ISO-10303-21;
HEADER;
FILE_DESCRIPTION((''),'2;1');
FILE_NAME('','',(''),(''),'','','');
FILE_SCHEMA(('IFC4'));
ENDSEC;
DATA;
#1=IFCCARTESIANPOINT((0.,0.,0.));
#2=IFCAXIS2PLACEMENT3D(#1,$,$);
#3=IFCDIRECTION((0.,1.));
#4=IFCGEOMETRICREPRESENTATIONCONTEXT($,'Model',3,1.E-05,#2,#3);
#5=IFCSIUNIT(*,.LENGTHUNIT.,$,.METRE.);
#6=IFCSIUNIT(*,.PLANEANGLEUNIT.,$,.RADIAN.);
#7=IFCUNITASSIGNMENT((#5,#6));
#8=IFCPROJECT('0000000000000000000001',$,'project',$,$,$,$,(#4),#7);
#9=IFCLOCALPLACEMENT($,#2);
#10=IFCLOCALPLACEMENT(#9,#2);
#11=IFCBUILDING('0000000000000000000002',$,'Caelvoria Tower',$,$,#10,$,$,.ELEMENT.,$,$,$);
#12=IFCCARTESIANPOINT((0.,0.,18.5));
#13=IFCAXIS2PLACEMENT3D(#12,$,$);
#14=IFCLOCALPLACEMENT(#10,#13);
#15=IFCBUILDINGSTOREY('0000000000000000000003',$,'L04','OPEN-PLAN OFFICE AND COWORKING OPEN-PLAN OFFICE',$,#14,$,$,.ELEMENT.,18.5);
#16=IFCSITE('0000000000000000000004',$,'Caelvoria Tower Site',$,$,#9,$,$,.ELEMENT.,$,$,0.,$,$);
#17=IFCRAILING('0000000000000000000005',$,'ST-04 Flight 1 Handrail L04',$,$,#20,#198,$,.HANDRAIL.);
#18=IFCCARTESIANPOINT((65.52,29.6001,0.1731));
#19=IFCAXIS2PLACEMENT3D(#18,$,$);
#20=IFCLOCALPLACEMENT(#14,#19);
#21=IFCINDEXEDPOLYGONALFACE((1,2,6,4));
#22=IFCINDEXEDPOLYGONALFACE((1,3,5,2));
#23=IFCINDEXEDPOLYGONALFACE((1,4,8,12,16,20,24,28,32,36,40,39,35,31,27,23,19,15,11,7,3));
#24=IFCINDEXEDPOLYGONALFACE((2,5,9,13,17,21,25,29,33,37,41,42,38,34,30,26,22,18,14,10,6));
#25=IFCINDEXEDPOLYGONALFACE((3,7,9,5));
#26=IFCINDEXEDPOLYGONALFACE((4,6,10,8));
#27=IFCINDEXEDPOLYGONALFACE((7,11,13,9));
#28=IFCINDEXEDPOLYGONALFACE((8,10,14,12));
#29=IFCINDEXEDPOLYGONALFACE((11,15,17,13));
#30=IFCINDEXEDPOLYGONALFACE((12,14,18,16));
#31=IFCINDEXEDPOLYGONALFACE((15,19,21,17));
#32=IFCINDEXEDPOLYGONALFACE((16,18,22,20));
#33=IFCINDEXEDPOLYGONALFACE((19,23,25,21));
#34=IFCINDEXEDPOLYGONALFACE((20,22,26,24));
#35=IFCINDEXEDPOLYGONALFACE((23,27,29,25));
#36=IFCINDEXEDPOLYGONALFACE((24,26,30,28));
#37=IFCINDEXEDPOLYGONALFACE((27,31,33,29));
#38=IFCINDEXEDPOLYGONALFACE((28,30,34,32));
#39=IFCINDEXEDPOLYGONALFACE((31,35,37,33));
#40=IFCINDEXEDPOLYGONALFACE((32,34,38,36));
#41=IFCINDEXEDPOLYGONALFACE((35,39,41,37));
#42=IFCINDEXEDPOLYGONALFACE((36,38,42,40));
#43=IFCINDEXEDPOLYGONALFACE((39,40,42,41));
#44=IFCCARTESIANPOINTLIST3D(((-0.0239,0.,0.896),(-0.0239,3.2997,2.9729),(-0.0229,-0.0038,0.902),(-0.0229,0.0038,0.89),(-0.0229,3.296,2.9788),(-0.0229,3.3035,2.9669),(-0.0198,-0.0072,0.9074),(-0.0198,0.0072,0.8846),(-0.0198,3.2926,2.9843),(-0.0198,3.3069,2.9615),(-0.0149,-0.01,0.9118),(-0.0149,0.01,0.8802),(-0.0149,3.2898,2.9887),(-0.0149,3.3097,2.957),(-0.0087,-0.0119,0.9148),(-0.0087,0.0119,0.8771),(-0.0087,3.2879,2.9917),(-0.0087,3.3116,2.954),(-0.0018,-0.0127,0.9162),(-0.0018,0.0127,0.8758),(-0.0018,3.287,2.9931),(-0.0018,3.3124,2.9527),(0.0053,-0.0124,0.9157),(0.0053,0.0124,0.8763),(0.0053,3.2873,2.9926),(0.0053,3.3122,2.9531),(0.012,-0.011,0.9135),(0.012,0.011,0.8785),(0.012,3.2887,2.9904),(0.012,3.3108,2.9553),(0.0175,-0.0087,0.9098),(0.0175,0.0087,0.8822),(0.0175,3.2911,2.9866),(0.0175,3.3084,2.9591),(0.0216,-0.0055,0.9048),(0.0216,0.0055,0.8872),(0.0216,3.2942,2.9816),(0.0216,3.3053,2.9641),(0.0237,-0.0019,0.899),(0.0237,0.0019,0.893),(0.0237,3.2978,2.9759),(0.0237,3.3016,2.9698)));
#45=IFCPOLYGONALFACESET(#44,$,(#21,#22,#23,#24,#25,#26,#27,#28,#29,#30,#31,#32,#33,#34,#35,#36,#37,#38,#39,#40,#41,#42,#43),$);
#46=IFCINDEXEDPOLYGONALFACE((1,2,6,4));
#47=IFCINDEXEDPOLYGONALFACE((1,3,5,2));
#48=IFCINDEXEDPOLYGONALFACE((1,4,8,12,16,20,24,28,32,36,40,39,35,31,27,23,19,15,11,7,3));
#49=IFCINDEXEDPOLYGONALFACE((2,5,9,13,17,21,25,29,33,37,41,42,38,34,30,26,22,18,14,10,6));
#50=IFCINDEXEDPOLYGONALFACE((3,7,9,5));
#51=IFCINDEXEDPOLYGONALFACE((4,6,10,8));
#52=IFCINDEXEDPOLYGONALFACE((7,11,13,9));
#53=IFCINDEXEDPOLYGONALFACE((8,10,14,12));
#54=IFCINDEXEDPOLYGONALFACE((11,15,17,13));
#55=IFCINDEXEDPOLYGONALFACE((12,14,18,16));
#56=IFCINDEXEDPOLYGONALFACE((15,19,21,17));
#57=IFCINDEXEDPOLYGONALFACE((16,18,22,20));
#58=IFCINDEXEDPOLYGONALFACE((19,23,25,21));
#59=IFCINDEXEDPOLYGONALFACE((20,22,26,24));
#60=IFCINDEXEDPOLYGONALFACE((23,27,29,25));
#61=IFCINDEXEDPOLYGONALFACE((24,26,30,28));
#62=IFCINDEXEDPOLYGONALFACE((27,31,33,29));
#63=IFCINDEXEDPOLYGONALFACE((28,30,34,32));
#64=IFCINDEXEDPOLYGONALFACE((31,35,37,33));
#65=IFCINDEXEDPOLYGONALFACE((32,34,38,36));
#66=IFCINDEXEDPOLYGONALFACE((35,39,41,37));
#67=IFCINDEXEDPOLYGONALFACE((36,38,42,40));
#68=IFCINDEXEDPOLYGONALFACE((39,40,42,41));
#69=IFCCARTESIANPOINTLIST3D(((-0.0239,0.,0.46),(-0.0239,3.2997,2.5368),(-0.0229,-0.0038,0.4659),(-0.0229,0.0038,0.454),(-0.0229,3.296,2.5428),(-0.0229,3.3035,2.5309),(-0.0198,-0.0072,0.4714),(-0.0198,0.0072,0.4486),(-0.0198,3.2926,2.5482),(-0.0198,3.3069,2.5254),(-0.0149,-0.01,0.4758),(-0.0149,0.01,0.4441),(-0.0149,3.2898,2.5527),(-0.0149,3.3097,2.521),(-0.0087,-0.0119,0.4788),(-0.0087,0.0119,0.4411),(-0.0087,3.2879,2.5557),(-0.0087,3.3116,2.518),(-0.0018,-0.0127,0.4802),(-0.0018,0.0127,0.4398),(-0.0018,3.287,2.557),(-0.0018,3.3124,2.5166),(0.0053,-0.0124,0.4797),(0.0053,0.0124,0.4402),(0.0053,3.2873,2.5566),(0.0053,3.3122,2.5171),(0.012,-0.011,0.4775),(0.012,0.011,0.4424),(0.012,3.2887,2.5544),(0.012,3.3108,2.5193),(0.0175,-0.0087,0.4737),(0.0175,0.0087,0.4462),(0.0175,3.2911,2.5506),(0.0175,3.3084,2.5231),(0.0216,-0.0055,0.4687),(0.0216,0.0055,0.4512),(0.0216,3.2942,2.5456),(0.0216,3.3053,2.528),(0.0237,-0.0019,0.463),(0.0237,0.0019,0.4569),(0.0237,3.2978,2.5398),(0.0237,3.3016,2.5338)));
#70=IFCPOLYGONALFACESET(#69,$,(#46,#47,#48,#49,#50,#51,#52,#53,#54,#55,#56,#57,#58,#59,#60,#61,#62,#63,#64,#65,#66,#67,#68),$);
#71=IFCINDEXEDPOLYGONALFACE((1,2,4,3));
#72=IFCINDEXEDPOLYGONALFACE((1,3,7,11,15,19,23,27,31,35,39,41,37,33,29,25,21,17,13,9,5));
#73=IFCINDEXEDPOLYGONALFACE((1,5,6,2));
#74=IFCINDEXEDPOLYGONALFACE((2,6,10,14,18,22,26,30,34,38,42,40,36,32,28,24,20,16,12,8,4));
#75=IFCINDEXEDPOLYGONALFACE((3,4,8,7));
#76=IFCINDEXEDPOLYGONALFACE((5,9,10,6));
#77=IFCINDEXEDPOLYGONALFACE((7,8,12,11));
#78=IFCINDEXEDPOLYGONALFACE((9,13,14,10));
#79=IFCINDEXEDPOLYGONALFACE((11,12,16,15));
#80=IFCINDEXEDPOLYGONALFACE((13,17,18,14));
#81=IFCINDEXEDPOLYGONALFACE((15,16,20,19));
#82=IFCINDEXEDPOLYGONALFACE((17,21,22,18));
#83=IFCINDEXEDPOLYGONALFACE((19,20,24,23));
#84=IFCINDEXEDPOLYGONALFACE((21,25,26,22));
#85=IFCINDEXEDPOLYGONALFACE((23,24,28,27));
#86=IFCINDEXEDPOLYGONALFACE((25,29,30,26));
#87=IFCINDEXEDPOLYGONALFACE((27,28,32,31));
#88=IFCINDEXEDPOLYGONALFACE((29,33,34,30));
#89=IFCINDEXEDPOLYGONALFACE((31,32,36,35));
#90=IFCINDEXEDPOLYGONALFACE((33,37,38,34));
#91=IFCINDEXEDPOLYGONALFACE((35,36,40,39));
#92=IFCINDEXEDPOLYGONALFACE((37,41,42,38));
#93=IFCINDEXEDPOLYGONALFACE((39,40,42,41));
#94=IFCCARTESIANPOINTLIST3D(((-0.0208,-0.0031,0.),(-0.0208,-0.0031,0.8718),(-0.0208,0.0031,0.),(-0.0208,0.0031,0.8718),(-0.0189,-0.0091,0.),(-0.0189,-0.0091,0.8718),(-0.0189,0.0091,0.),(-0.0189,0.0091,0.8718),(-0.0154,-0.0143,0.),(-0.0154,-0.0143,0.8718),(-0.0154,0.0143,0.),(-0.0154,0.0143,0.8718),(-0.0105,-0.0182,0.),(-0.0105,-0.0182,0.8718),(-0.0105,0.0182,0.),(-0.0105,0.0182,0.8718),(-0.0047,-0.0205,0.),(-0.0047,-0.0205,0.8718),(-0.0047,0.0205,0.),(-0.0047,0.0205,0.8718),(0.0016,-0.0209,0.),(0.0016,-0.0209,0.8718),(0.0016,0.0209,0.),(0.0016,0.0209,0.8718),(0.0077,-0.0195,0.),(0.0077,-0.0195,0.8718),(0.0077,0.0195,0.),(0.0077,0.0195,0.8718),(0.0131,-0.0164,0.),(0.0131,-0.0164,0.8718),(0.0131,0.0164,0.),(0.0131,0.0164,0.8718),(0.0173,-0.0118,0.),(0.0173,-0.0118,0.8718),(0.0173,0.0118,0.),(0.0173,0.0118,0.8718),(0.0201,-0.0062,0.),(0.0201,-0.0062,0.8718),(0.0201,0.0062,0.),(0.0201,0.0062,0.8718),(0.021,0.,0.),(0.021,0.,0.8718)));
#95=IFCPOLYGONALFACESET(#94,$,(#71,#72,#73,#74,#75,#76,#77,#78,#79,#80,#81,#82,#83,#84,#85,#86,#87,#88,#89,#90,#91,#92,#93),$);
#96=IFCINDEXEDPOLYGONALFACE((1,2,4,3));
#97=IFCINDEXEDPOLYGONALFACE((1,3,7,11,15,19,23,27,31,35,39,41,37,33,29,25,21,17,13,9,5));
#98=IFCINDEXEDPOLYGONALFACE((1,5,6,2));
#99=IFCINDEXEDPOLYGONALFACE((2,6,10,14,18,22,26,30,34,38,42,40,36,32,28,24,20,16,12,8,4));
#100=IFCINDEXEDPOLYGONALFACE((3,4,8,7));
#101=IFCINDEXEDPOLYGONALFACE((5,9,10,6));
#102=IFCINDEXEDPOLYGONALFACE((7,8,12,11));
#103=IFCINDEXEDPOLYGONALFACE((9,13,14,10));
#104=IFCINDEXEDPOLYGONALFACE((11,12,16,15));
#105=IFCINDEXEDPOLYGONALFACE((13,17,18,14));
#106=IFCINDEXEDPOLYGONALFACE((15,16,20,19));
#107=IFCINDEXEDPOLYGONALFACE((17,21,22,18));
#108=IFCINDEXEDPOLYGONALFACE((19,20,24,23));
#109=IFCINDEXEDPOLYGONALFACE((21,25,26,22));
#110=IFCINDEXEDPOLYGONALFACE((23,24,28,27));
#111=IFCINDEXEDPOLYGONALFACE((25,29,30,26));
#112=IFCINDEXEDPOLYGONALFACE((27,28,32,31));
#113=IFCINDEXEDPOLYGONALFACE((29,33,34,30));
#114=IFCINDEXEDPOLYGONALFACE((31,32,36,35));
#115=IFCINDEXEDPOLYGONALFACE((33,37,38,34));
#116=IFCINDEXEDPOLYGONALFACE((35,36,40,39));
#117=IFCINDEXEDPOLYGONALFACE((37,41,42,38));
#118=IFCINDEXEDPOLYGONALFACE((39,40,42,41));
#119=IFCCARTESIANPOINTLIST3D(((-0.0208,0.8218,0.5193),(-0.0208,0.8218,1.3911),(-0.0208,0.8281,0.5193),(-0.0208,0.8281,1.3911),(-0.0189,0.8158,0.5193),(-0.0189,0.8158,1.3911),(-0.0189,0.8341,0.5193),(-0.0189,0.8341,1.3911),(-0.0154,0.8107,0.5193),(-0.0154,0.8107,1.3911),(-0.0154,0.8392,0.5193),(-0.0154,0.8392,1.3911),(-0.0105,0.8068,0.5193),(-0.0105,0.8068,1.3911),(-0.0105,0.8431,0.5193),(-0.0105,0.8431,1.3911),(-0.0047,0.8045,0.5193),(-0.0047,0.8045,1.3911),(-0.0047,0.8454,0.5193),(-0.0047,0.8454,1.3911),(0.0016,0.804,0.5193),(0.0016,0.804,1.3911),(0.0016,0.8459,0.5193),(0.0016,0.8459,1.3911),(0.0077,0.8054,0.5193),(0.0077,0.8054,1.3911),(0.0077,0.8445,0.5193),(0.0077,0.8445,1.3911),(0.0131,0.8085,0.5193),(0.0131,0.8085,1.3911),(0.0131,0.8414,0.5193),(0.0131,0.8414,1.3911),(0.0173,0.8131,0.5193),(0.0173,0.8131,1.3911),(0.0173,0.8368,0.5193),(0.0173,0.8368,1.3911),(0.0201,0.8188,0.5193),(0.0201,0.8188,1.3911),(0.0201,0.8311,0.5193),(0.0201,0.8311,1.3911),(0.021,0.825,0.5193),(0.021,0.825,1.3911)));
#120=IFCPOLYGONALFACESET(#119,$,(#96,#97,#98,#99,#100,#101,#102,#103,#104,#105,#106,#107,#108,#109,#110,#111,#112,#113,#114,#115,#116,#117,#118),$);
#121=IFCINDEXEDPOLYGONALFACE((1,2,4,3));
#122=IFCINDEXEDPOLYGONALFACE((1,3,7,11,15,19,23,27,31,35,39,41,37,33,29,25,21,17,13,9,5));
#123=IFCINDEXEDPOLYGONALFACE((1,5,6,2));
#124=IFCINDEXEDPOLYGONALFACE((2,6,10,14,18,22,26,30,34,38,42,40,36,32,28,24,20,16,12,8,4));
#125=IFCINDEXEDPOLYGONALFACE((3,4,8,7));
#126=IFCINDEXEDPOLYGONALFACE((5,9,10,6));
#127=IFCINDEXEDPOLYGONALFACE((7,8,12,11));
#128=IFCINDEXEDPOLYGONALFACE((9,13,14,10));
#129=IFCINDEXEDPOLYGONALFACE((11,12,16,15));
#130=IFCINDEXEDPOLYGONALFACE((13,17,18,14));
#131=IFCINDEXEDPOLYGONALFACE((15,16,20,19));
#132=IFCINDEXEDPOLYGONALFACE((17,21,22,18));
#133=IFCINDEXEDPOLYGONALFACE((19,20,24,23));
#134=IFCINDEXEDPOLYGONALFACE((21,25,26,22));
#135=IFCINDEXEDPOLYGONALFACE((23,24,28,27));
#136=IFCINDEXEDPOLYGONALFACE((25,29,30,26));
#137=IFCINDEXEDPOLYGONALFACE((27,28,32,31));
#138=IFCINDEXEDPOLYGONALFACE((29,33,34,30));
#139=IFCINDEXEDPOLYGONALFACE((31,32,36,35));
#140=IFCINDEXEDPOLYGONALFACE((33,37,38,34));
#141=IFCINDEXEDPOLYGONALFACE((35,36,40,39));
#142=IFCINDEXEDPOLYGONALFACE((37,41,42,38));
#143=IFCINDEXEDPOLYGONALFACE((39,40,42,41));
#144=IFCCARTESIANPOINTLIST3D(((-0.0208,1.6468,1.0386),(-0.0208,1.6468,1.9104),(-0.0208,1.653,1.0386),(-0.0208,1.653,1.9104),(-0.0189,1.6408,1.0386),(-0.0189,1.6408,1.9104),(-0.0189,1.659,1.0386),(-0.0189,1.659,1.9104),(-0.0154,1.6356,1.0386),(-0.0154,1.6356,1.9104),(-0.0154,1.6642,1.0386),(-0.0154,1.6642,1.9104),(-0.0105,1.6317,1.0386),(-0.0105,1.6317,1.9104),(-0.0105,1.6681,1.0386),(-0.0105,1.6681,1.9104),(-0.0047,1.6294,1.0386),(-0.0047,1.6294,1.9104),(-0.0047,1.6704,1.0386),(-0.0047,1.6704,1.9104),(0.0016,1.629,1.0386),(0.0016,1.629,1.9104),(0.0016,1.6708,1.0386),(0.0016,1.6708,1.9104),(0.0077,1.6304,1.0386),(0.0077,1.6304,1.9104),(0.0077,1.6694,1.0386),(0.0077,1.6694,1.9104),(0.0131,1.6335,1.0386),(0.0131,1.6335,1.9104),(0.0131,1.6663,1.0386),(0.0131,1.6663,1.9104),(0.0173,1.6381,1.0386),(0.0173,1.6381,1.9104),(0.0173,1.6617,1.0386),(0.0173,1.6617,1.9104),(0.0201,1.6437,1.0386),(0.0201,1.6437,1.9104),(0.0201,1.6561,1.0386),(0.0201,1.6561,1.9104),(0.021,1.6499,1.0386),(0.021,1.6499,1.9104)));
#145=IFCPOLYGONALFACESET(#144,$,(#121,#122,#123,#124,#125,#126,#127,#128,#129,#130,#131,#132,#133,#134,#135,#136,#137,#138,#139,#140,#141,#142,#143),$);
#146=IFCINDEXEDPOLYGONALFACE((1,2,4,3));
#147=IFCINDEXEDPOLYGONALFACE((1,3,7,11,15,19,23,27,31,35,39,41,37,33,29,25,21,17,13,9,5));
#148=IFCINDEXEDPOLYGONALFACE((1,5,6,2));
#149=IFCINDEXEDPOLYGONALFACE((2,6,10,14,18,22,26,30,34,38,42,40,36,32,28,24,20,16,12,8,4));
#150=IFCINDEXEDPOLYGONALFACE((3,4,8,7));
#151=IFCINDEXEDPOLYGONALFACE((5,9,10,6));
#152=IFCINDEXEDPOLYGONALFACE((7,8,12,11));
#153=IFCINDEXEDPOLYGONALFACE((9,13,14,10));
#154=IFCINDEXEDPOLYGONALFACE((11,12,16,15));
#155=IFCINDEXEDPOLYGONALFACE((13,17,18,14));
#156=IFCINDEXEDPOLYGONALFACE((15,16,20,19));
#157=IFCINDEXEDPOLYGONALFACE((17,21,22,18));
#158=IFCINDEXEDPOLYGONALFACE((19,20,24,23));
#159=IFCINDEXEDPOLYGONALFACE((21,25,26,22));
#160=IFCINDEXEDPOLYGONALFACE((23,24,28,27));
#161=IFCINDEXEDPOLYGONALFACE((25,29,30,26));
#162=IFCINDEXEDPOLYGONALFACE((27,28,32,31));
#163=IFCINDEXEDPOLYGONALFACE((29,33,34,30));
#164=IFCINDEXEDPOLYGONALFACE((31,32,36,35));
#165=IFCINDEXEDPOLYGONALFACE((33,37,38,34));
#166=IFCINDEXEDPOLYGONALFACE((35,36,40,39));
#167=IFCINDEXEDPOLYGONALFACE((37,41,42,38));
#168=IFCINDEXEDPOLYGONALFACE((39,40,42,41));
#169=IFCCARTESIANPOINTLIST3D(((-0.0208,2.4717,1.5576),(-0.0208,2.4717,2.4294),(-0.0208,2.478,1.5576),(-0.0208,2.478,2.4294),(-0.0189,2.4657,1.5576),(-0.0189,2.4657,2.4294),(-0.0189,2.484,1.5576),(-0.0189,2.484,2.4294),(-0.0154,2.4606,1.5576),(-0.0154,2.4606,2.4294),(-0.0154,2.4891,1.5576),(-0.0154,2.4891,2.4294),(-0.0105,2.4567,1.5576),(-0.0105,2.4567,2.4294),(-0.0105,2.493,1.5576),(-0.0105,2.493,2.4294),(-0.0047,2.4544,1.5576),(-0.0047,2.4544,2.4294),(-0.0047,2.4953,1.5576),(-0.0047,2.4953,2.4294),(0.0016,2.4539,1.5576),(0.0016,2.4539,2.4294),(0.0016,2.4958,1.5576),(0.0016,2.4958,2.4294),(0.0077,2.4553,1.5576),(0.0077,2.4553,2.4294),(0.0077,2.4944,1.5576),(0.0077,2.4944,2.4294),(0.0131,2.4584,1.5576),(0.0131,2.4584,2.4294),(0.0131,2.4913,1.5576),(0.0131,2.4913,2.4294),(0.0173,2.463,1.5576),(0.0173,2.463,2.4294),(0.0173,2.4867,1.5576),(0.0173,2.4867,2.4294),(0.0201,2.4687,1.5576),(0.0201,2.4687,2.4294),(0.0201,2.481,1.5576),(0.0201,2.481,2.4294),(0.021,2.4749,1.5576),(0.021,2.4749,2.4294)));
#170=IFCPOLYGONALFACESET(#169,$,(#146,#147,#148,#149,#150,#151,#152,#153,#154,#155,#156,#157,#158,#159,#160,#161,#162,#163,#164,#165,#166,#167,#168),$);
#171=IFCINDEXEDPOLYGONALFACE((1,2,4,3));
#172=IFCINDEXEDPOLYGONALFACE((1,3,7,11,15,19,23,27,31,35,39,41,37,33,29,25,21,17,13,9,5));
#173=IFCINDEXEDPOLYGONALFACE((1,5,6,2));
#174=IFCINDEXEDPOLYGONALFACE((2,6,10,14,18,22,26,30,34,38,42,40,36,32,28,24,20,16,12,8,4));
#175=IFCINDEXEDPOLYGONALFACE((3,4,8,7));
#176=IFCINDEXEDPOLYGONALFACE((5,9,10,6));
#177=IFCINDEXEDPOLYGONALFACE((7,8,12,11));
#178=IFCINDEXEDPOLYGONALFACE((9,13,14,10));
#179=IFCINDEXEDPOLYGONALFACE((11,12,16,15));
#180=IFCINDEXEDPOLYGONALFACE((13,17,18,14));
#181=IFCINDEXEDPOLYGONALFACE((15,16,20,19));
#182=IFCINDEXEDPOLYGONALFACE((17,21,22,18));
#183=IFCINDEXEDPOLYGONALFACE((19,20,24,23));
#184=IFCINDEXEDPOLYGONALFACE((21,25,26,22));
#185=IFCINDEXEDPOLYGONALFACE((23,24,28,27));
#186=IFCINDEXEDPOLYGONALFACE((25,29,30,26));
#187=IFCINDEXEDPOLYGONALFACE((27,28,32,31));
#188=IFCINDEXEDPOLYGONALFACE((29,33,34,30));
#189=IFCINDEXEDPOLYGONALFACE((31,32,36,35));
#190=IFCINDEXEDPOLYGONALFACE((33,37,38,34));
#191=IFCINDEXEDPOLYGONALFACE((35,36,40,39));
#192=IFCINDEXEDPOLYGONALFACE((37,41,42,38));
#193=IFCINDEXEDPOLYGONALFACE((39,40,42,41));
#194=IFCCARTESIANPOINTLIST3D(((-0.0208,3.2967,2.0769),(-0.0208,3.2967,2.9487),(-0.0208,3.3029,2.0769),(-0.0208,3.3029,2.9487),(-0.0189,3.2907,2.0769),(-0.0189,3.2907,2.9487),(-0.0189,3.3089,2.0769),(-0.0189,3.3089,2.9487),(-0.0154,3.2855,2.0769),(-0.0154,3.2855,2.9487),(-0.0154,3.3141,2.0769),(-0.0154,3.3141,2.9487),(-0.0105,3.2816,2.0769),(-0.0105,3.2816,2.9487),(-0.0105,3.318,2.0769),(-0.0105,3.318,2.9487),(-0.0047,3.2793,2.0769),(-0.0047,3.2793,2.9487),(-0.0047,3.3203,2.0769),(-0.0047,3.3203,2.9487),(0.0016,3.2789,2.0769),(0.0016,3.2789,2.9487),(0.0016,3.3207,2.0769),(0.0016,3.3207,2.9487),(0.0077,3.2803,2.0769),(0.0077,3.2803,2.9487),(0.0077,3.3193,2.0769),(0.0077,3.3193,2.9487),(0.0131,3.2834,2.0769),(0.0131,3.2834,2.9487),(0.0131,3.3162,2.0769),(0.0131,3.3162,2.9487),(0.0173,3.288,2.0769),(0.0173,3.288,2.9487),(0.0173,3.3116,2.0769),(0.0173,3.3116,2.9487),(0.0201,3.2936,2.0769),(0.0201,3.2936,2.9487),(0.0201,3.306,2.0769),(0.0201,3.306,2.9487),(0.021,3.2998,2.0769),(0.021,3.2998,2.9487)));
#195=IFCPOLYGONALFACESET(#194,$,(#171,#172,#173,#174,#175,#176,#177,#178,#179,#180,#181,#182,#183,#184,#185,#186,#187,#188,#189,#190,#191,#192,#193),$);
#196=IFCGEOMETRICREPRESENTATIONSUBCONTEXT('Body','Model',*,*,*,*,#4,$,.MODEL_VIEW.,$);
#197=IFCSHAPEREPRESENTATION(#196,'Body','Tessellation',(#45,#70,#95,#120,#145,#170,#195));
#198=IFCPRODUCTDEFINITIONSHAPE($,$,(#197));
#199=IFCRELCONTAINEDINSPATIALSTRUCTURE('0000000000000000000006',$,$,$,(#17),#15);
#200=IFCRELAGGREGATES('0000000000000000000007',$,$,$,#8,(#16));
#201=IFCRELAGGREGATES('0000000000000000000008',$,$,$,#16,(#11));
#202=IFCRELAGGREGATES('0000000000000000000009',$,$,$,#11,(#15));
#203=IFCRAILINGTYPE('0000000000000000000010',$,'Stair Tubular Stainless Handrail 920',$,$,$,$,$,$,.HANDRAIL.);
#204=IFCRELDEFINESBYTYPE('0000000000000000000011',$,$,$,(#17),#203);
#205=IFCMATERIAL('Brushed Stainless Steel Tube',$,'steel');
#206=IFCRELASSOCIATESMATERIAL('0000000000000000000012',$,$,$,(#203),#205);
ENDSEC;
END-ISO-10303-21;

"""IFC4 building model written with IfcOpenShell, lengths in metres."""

from ifc_helpers import new_model, si_unit, direction, frame, origin, origin_2d, place, context, subcontext, project, spatial, circle, extrude, material, type_object, element, save


model = new_model("IFC4")

# Units and contexts
model_context = context("Model", 3, precision=1e-05, world=origin(), true_north=direction((0.0, 1.0)))
body_context = subcontext(model_context, "Body", "Model", "MODEL_VIEW")
ifc_project = project(units=[si_unit("LENGTHUNIT", "METRE"), si_unit("PLANEANGLEUNIT", "RADIAN")], contexts=[model_context])

# Site, building, storey
site_placement = place(None, origin())
site = spatial("IfcSite", under=ifc_project, at=site_placement, Name="Caelvoria Tower Site", CompositionType="ELEMENT", RefElevation=0.0)
building_placement = place(site_placement, origin())
building = spatial("IfcBuilding", under=site, at=building_placement, Name="Caelvoria Tower", CompositionType="ELEMENT")
storey_placement = place(building_placement, frame((0.0, 0.0, 18.5)))
storey = spatial("IfcBuildingStorey", under=building, at=storey_placement, Name="L04", Description="OPEN-PLAN OFFICE AND COWORKING OPEN-PLAN OFFICE", CompositionType="ELEMENT", Elevation=18.5)

# Railing
ifc_material_1 = material(Name="Brushed Stainless Steel Tube", Category="steel")
railing_type = type_object("IfcRailingType", Name="Stair Tubular Stainless Handrail 920", PredefinedType="HANDRAIL", material=ifc_material_1)
railing_placement = place(storey_placement, frame((65.52, 29.6001, 0.1731)))
element("IfcRailing", 1, at=railing_placement, inside=storey, type_object=railing_type, Name="ST-04 Flight 1 Handrail L04", PredefinedType="HANDRAIL", context=body_context, shape_type="SweptSolid", body=[
    extrude(circle(Radius=0.0239, at=origin_2d()), frame((0.0, 0.0, 0.896), z_axis=(0.0, 0.84632, 0.532675), x_axis=(-1.0, 0.0, 0.0)), (0.0, 0.0, 1.0), 3.8989),
    extrude(circle(Radius=0.0239, at=origin_2d()), frame((0.0, 0.0, 0.46), z_axis=(0.0, 0.84632, 0.532675), x_axis=(-1.0, 0.0, 0.0)), (0.0, 0.0, 1.0), 3.8989),
    extrude(circle(Radius=0.021, at=origin_2d()), origin(), (0.0, 0.0, 1.0), 0.8718),
    extrude(circle(Radius=0.021, at=origin_2d()), frame((0.0, 0.825, 0.5193)), (0.0, 0.0, 1.0), 0.8718),
    extrude(circle(Radius=0.021, at=origin_2d()), frame((0.0, 1.6499, 1.0386)), (0.0, 0.0, 1.0), 0.8718),
    extrude(circle(Radius=0.021, at=origin_2d()), frame((0.0, 2.4749, 1.5576)), (0.0, 0.0, 1.0), 0.8718),
    extrude(circle(Radius=0.021, at=origin_2d()), frame((0.0, 3.2998, 2.0769)), (0.0, 0.0, 1.0), 0.8718),
])

save(model, "model.ifc")
